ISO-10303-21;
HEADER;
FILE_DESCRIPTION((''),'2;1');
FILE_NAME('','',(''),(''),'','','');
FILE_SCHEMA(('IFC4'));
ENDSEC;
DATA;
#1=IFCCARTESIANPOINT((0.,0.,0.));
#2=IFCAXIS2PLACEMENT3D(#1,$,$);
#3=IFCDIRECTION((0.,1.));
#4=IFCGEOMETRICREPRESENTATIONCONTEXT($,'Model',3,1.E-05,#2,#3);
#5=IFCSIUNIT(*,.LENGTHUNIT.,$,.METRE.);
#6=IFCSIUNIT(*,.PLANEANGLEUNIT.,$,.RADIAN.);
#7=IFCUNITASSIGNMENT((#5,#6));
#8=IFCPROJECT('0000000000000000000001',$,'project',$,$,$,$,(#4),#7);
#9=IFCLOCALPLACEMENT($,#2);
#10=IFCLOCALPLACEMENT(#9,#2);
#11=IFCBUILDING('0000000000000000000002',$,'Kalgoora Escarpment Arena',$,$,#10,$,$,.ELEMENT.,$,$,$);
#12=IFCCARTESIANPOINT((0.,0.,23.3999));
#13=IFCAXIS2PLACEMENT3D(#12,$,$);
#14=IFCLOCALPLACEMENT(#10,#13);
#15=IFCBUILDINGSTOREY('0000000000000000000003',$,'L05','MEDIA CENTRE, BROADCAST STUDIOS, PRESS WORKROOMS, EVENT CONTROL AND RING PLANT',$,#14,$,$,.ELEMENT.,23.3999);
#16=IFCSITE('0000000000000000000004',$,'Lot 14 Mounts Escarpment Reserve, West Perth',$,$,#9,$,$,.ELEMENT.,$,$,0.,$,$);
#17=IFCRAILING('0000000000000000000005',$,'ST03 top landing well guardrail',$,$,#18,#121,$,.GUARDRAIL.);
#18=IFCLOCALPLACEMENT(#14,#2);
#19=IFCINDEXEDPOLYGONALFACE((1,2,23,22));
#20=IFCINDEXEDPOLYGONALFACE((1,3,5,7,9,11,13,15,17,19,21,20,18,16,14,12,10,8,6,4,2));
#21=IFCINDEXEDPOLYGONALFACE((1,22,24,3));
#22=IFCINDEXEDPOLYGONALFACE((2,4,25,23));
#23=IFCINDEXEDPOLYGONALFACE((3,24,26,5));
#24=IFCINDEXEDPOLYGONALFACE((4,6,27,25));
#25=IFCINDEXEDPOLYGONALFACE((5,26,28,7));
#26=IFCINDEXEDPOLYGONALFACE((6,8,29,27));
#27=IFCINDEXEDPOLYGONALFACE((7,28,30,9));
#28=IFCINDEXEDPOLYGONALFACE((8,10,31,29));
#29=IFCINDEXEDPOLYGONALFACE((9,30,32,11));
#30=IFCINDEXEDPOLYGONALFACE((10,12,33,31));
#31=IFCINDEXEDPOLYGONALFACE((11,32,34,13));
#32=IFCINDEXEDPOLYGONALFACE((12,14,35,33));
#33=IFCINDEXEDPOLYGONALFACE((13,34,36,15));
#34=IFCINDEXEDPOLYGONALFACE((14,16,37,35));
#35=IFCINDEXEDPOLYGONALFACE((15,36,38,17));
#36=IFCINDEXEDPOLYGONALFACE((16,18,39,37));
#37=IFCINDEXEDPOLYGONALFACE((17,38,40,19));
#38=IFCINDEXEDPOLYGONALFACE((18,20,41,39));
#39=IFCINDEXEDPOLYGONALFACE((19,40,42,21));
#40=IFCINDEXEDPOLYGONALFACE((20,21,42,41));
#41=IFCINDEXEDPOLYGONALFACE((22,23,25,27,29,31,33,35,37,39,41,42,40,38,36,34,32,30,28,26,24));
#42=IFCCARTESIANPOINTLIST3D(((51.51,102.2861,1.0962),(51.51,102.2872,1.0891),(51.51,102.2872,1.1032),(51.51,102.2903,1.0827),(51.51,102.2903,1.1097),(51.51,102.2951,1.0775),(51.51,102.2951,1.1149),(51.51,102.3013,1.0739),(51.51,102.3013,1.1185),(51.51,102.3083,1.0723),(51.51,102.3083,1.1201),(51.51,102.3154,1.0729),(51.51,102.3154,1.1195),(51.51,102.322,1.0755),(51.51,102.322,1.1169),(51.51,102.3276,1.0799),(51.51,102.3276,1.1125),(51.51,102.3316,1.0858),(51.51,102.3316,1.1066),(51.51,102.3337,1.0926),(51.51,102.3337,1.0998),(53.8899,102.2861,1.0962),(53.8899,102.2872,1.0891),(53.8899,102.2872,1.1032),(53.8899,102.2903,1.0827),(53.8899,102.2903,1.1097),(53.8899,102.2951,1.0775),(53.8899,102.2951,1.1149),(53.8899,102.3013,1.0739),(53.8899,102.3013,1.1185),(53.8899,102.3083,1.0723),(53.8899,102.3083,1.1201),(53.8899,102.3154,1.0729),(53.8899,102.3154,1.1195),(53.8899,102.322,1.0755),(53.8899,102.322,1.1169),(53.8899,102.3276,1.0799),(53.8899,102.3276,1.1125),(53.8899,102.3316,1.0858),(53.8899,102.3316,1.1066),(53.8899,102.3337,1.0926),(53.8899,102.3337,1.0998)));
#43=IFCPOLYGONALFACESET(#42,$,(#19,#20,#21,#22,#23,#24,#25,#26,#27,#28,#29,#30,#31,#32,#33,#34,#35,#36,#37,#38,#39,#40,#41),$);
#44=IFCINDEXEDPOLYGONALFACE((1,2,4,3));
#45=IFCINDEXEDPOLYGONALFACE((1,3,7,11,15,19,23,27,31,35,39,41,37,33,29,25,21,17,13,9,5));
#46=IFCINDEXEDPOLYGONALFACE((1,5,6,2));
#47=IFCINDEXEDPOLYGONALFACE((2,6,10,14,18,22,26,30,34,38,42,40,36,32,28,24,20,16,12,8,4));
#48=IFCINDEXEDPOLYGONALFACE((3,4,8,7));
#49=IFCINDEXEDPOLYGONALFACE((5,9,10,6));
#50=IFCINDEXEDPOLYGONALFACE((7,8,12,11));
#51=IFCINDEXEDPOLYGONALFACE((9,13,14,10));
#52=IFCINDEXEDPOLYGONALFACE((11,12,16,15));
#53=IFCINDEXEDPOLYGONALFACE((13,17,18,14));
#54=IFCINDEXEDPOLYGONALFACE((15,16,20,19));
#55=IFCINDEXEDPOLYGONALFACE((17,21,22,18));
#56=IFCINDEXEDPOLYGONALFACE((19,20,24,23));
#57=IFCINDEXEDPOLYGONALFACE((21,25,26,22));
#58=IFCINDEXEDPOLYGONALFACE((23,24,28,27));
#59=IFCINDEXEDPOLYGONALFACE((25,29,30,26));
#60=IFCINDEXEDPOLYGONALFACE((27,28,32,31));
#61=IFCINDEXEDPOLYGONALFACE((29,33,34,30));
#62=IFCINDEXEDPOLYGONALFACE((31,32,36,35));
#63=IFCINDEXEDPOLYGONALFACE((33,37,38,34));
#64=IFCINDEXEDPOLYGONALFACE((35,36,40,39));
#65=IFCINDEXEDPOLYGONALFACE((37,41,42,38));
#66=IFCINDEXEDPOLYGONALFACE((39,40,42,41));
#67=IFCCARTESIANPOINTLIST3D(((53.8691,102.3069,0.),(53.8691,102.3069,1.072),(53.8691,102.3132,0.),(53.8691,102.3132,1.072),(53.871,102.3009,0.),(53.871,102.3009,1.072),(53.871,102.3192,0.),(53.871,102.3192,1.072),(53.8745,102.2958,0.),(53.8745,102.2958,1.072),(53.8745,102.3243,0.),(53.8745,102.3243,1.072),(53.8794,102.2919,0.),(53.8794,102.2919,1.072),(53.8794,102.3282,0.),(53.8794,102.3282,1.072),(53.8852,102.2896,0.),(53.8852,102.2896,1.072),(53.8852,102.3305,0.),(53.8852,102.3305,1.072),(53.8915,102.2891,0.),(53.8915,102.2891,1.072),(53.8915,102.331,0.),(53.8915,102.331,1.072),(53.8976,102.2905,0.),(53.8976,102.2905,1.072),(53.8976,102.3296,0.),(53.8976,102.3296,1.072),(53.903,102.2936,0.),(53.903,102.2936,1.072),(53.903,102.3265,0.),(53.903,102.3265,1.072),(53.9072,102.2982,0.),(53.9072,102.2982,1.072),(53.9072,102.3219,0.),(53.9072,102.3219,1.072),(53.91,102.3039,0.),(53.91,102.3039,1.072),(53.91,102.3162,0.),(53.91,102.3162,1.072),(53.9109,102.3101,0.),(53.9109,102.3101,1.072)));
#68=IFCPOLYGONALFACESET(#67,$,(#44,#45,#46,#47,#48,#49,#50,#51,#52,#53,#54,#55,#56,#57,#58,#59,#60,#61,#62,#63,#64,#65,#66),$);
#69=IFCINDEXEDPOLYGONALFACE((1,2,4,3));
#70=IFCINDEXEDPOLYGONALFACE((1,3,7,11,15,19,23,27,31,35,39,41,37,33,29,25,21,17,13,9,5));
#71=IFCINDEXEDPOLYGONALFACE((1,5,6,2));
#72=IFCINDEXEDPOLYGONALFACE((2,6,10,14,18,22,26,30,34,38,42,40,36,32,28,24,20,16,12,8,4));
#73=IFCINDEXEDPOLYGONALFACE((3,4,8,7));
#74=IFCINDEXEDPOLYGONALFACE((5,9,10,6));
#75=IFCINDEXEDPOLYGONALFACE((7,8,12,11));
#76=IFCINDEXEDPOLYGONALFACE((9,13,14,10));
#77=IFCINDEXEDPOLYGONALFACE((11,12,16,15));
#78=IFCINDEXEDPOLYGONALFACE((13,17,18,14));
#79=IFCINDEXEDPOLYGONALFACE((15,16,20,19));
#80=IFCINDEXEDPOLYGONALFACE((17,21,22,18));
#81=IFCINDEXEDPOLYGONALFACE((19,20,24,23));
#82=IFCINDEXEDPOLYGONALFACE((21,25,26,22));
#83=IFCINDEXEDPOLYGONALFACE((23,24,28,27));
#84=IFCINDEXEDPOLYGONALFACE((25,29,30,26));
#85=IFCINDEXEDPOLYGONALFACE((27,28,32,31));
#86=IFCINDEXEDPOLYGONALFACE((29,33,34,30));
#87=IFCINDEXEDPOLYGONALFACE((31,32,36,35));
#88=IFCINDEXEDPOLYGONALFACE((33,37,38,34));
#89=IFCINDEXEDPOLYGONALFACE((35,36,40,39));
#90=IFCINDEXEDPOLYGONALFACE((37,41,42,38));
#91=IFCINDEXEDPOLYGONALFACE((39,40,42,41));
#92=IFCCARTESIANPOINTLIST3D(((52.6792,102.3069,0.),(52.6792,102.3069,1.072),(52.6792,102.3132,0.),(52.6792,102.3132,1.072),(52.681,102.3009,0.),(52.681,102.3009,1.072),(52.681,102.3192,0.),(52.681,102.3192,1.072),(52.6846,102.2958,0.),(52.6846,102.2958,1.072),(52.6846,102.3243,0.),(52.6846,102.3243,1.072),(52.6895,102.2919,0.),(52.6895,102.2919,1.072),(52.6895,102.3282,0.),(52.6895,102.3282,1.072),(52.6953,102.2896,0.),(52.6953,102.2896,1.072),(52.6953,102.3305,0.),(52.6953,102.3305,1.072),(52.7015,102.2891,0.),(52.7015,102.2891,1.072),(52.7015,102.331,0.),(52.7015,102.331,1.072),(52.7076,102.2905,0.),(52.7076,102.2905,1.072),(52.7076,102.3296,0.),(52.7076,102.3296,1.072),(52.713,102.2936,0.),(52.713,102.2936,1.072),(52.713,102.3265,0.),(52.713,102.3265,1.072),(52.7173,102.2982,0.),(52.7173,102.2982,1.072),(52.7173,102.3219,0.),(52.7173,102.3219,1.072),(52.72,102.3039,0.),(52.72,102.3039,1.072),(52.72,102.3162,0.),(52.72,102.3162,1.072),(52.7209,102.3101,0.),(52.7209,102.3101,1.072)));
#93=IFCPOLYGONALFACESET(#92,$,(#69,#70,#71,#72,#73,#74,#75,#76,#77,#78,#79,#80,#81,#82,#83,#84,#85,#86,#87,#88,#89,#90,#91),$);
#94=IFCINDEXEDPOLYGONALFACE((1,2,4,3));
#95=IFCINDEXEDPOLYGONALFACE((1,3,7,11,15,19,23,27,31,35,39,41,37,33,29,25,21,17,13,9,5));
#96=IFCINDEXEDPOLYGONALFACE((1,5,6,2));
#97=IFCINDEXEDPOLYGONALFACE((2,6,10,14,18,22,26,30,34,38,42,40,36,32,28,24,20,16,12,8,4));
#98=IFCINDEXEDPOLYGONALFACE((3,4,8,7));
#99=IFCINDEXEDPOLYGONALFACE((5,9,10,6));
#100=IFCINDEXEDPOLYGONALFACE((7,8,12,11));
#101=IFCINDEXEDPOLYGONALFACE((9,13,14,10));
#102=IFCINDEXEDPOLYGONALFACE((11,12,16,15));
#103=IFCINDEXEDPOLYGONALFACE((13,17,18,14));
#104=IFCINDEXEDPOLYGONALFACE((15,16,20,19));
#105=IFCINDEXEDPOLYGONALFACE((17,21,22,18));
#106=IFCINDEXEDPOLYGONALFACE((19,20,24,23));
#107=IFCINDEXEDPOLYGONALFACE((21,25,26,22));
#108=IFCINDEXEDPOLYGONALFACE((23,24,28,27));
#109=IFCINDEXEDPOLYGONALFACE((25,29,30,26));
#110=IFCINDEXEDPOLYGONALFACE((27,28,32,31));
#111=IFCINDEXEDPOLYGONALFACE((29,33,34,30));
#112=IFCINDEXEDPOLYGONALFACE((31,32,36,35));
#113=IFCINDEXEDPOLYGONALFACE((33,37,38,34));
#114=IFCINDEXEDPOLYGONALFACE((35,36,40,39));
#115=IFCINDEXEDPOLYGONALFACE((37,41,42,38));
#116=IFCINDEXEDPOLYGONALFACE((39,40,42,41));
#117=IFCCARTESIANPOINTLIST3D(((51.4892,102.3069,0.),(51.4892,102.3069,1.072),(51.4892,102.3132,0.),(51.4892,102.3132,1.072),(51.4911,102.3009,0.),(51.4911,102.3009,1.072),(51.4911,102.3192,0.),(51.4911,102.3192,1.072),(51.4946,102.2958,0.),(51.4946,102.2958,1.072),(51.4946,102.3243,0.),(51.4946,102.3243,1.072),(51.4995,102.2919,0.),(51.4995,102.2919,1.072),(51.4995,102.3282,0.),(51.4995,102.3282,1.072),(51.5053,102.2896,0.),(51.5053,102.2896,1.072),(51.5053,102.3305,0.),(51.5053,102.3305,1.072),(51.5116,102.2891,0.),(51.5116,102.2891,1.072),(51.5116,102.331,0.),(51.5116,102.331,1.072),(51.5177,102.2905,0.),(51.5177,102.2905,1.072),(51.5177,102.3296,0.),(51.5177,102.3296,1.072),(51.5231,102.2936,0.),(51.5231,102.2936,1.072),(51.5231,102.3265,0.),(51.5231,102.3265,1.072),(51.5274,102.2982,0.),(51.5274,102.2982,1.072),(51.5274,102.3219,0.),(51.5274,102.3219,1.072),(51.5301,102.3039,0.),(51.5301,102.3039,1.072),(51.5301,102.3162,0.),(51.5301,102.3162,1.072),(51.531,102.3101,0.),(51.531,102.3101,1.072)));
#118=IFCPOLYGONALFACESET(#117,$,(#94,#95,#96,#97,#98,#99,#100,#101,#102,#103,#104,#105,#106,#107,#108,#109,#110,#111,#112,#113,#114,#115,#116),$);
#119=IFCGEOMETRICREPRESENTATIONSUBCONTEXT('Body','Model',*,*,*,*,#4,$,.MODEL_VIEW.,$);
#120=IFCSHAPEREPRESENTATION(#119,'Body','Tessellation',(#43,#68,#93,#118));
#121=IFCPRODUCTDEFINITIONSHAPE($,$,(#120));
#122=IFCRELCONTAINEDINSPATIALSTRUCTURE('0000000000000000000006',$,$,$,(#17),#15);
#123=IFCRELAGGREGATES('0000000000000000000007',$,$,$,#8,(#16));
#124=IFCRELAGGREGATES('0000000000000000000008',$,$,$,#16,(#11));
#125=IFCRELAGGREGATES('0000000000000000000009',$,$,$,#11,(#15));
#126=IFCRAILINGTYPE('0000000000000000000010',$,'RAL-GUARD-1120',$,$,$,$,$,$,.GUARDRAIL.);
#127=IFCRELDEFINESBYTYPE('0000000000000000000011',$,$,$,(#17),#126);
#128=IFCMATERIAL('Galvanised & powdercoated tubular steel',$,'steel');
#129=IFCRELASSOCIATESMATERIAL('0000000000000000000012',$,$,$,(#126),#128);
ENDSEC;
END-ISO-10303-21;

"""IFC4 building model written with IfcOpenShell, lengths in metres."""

from ifc_helpers import new_model, si_unit, direction, frame, origin, origin_2d, place, context, subcontext, project, spatial, circle, extrude, material, type_object, element, save


model = new_model("IFC4")

# Units and contexts
model_context = context("Model", 3, precision=1e-05, world=origin(), true_north=direction((0.0, 1.0)))
body_context = subcontext(model_context, "Body", "Model", "MODEL_VIEW")
ifc_project = project(units=[si_unit("LENGTHUNIT", "METRE"), si_unit("PLANEANGLEUNIT", "RADIAN")], contexts=[model_context])

# Site, building, storey
site_placement = place(None, origin())
site = spatial("IfcSite", under=ifc_project, at=site_placement, Name="Lot 14 Mounts Escarpment Reserve, West Perth", CompositionType="ELEMENT", RefElevation=0.0)
building_placement = place(site_placement, origin())
building = spatial("IfcBuilding", under=site, at=building_placement, Name="Kalgoora Escarpment Arena", CompositionType="ELEMENT")
storey_placement = place(building_placement, frame((0.0, 0.0, 23.3999)))
storey = spatial("IfcBuildingStorey", under=building, at=storey_placement, Name="L05", Description="MEDIA CENTRE, BROADCAST STUDIOS, PRESS WORKROOMS, EVENT CONTROL AND RING PLANT", CompositionType="ELEMENT", Elevation=23.3999)

# Railing
ifc_material_1 = material(Name="Galvanised & powdercoated tubular steel", Category="steel")
railing_type = type_object("IfcRailingType", Name="RAL-GUARD-1120", PredefinedType="GUARDRAIL", material=ifc_material_1)
railing_placement = place(storey_placement, frame((53.8899, 102.3101, 0.0)))
element("IfcRailing", 1, at=railing_placement, inside=storey, type_object=railing_type, Name="ST03 top landing well guardrail", PredefinedType="GUARDRAIL", context=body_context, shape_type="SweptSolid", body=[
    extrude(circle(Radius=0.0239, at=origin_2d()), frame((0.0, 0.0, 1.0962), z_axis=(-1.0, 0.0, 0.0), x_axis=(0.0, -1.0, 0.0)), (0.0, 0.0, 1.0), 2.3799),
    extrude(circle(Radius=0.021, at=origin_2d()), origin(), (0.0, 0.0, 1.0), 1.072),
    extrude(circle(Radius=0.021, at=origin_2d()), frame((-1.1899, 0.0, 0.0)), (0.0, 0.0, 1.0), 1.072),
    extrude(circle(Radius=0.021, at=origin_2d()), frame((-2.3799, 0.0, 0.0)), (0.0, 0.0, 1.0), 1.072),
])

save(model, "model.ifc")
